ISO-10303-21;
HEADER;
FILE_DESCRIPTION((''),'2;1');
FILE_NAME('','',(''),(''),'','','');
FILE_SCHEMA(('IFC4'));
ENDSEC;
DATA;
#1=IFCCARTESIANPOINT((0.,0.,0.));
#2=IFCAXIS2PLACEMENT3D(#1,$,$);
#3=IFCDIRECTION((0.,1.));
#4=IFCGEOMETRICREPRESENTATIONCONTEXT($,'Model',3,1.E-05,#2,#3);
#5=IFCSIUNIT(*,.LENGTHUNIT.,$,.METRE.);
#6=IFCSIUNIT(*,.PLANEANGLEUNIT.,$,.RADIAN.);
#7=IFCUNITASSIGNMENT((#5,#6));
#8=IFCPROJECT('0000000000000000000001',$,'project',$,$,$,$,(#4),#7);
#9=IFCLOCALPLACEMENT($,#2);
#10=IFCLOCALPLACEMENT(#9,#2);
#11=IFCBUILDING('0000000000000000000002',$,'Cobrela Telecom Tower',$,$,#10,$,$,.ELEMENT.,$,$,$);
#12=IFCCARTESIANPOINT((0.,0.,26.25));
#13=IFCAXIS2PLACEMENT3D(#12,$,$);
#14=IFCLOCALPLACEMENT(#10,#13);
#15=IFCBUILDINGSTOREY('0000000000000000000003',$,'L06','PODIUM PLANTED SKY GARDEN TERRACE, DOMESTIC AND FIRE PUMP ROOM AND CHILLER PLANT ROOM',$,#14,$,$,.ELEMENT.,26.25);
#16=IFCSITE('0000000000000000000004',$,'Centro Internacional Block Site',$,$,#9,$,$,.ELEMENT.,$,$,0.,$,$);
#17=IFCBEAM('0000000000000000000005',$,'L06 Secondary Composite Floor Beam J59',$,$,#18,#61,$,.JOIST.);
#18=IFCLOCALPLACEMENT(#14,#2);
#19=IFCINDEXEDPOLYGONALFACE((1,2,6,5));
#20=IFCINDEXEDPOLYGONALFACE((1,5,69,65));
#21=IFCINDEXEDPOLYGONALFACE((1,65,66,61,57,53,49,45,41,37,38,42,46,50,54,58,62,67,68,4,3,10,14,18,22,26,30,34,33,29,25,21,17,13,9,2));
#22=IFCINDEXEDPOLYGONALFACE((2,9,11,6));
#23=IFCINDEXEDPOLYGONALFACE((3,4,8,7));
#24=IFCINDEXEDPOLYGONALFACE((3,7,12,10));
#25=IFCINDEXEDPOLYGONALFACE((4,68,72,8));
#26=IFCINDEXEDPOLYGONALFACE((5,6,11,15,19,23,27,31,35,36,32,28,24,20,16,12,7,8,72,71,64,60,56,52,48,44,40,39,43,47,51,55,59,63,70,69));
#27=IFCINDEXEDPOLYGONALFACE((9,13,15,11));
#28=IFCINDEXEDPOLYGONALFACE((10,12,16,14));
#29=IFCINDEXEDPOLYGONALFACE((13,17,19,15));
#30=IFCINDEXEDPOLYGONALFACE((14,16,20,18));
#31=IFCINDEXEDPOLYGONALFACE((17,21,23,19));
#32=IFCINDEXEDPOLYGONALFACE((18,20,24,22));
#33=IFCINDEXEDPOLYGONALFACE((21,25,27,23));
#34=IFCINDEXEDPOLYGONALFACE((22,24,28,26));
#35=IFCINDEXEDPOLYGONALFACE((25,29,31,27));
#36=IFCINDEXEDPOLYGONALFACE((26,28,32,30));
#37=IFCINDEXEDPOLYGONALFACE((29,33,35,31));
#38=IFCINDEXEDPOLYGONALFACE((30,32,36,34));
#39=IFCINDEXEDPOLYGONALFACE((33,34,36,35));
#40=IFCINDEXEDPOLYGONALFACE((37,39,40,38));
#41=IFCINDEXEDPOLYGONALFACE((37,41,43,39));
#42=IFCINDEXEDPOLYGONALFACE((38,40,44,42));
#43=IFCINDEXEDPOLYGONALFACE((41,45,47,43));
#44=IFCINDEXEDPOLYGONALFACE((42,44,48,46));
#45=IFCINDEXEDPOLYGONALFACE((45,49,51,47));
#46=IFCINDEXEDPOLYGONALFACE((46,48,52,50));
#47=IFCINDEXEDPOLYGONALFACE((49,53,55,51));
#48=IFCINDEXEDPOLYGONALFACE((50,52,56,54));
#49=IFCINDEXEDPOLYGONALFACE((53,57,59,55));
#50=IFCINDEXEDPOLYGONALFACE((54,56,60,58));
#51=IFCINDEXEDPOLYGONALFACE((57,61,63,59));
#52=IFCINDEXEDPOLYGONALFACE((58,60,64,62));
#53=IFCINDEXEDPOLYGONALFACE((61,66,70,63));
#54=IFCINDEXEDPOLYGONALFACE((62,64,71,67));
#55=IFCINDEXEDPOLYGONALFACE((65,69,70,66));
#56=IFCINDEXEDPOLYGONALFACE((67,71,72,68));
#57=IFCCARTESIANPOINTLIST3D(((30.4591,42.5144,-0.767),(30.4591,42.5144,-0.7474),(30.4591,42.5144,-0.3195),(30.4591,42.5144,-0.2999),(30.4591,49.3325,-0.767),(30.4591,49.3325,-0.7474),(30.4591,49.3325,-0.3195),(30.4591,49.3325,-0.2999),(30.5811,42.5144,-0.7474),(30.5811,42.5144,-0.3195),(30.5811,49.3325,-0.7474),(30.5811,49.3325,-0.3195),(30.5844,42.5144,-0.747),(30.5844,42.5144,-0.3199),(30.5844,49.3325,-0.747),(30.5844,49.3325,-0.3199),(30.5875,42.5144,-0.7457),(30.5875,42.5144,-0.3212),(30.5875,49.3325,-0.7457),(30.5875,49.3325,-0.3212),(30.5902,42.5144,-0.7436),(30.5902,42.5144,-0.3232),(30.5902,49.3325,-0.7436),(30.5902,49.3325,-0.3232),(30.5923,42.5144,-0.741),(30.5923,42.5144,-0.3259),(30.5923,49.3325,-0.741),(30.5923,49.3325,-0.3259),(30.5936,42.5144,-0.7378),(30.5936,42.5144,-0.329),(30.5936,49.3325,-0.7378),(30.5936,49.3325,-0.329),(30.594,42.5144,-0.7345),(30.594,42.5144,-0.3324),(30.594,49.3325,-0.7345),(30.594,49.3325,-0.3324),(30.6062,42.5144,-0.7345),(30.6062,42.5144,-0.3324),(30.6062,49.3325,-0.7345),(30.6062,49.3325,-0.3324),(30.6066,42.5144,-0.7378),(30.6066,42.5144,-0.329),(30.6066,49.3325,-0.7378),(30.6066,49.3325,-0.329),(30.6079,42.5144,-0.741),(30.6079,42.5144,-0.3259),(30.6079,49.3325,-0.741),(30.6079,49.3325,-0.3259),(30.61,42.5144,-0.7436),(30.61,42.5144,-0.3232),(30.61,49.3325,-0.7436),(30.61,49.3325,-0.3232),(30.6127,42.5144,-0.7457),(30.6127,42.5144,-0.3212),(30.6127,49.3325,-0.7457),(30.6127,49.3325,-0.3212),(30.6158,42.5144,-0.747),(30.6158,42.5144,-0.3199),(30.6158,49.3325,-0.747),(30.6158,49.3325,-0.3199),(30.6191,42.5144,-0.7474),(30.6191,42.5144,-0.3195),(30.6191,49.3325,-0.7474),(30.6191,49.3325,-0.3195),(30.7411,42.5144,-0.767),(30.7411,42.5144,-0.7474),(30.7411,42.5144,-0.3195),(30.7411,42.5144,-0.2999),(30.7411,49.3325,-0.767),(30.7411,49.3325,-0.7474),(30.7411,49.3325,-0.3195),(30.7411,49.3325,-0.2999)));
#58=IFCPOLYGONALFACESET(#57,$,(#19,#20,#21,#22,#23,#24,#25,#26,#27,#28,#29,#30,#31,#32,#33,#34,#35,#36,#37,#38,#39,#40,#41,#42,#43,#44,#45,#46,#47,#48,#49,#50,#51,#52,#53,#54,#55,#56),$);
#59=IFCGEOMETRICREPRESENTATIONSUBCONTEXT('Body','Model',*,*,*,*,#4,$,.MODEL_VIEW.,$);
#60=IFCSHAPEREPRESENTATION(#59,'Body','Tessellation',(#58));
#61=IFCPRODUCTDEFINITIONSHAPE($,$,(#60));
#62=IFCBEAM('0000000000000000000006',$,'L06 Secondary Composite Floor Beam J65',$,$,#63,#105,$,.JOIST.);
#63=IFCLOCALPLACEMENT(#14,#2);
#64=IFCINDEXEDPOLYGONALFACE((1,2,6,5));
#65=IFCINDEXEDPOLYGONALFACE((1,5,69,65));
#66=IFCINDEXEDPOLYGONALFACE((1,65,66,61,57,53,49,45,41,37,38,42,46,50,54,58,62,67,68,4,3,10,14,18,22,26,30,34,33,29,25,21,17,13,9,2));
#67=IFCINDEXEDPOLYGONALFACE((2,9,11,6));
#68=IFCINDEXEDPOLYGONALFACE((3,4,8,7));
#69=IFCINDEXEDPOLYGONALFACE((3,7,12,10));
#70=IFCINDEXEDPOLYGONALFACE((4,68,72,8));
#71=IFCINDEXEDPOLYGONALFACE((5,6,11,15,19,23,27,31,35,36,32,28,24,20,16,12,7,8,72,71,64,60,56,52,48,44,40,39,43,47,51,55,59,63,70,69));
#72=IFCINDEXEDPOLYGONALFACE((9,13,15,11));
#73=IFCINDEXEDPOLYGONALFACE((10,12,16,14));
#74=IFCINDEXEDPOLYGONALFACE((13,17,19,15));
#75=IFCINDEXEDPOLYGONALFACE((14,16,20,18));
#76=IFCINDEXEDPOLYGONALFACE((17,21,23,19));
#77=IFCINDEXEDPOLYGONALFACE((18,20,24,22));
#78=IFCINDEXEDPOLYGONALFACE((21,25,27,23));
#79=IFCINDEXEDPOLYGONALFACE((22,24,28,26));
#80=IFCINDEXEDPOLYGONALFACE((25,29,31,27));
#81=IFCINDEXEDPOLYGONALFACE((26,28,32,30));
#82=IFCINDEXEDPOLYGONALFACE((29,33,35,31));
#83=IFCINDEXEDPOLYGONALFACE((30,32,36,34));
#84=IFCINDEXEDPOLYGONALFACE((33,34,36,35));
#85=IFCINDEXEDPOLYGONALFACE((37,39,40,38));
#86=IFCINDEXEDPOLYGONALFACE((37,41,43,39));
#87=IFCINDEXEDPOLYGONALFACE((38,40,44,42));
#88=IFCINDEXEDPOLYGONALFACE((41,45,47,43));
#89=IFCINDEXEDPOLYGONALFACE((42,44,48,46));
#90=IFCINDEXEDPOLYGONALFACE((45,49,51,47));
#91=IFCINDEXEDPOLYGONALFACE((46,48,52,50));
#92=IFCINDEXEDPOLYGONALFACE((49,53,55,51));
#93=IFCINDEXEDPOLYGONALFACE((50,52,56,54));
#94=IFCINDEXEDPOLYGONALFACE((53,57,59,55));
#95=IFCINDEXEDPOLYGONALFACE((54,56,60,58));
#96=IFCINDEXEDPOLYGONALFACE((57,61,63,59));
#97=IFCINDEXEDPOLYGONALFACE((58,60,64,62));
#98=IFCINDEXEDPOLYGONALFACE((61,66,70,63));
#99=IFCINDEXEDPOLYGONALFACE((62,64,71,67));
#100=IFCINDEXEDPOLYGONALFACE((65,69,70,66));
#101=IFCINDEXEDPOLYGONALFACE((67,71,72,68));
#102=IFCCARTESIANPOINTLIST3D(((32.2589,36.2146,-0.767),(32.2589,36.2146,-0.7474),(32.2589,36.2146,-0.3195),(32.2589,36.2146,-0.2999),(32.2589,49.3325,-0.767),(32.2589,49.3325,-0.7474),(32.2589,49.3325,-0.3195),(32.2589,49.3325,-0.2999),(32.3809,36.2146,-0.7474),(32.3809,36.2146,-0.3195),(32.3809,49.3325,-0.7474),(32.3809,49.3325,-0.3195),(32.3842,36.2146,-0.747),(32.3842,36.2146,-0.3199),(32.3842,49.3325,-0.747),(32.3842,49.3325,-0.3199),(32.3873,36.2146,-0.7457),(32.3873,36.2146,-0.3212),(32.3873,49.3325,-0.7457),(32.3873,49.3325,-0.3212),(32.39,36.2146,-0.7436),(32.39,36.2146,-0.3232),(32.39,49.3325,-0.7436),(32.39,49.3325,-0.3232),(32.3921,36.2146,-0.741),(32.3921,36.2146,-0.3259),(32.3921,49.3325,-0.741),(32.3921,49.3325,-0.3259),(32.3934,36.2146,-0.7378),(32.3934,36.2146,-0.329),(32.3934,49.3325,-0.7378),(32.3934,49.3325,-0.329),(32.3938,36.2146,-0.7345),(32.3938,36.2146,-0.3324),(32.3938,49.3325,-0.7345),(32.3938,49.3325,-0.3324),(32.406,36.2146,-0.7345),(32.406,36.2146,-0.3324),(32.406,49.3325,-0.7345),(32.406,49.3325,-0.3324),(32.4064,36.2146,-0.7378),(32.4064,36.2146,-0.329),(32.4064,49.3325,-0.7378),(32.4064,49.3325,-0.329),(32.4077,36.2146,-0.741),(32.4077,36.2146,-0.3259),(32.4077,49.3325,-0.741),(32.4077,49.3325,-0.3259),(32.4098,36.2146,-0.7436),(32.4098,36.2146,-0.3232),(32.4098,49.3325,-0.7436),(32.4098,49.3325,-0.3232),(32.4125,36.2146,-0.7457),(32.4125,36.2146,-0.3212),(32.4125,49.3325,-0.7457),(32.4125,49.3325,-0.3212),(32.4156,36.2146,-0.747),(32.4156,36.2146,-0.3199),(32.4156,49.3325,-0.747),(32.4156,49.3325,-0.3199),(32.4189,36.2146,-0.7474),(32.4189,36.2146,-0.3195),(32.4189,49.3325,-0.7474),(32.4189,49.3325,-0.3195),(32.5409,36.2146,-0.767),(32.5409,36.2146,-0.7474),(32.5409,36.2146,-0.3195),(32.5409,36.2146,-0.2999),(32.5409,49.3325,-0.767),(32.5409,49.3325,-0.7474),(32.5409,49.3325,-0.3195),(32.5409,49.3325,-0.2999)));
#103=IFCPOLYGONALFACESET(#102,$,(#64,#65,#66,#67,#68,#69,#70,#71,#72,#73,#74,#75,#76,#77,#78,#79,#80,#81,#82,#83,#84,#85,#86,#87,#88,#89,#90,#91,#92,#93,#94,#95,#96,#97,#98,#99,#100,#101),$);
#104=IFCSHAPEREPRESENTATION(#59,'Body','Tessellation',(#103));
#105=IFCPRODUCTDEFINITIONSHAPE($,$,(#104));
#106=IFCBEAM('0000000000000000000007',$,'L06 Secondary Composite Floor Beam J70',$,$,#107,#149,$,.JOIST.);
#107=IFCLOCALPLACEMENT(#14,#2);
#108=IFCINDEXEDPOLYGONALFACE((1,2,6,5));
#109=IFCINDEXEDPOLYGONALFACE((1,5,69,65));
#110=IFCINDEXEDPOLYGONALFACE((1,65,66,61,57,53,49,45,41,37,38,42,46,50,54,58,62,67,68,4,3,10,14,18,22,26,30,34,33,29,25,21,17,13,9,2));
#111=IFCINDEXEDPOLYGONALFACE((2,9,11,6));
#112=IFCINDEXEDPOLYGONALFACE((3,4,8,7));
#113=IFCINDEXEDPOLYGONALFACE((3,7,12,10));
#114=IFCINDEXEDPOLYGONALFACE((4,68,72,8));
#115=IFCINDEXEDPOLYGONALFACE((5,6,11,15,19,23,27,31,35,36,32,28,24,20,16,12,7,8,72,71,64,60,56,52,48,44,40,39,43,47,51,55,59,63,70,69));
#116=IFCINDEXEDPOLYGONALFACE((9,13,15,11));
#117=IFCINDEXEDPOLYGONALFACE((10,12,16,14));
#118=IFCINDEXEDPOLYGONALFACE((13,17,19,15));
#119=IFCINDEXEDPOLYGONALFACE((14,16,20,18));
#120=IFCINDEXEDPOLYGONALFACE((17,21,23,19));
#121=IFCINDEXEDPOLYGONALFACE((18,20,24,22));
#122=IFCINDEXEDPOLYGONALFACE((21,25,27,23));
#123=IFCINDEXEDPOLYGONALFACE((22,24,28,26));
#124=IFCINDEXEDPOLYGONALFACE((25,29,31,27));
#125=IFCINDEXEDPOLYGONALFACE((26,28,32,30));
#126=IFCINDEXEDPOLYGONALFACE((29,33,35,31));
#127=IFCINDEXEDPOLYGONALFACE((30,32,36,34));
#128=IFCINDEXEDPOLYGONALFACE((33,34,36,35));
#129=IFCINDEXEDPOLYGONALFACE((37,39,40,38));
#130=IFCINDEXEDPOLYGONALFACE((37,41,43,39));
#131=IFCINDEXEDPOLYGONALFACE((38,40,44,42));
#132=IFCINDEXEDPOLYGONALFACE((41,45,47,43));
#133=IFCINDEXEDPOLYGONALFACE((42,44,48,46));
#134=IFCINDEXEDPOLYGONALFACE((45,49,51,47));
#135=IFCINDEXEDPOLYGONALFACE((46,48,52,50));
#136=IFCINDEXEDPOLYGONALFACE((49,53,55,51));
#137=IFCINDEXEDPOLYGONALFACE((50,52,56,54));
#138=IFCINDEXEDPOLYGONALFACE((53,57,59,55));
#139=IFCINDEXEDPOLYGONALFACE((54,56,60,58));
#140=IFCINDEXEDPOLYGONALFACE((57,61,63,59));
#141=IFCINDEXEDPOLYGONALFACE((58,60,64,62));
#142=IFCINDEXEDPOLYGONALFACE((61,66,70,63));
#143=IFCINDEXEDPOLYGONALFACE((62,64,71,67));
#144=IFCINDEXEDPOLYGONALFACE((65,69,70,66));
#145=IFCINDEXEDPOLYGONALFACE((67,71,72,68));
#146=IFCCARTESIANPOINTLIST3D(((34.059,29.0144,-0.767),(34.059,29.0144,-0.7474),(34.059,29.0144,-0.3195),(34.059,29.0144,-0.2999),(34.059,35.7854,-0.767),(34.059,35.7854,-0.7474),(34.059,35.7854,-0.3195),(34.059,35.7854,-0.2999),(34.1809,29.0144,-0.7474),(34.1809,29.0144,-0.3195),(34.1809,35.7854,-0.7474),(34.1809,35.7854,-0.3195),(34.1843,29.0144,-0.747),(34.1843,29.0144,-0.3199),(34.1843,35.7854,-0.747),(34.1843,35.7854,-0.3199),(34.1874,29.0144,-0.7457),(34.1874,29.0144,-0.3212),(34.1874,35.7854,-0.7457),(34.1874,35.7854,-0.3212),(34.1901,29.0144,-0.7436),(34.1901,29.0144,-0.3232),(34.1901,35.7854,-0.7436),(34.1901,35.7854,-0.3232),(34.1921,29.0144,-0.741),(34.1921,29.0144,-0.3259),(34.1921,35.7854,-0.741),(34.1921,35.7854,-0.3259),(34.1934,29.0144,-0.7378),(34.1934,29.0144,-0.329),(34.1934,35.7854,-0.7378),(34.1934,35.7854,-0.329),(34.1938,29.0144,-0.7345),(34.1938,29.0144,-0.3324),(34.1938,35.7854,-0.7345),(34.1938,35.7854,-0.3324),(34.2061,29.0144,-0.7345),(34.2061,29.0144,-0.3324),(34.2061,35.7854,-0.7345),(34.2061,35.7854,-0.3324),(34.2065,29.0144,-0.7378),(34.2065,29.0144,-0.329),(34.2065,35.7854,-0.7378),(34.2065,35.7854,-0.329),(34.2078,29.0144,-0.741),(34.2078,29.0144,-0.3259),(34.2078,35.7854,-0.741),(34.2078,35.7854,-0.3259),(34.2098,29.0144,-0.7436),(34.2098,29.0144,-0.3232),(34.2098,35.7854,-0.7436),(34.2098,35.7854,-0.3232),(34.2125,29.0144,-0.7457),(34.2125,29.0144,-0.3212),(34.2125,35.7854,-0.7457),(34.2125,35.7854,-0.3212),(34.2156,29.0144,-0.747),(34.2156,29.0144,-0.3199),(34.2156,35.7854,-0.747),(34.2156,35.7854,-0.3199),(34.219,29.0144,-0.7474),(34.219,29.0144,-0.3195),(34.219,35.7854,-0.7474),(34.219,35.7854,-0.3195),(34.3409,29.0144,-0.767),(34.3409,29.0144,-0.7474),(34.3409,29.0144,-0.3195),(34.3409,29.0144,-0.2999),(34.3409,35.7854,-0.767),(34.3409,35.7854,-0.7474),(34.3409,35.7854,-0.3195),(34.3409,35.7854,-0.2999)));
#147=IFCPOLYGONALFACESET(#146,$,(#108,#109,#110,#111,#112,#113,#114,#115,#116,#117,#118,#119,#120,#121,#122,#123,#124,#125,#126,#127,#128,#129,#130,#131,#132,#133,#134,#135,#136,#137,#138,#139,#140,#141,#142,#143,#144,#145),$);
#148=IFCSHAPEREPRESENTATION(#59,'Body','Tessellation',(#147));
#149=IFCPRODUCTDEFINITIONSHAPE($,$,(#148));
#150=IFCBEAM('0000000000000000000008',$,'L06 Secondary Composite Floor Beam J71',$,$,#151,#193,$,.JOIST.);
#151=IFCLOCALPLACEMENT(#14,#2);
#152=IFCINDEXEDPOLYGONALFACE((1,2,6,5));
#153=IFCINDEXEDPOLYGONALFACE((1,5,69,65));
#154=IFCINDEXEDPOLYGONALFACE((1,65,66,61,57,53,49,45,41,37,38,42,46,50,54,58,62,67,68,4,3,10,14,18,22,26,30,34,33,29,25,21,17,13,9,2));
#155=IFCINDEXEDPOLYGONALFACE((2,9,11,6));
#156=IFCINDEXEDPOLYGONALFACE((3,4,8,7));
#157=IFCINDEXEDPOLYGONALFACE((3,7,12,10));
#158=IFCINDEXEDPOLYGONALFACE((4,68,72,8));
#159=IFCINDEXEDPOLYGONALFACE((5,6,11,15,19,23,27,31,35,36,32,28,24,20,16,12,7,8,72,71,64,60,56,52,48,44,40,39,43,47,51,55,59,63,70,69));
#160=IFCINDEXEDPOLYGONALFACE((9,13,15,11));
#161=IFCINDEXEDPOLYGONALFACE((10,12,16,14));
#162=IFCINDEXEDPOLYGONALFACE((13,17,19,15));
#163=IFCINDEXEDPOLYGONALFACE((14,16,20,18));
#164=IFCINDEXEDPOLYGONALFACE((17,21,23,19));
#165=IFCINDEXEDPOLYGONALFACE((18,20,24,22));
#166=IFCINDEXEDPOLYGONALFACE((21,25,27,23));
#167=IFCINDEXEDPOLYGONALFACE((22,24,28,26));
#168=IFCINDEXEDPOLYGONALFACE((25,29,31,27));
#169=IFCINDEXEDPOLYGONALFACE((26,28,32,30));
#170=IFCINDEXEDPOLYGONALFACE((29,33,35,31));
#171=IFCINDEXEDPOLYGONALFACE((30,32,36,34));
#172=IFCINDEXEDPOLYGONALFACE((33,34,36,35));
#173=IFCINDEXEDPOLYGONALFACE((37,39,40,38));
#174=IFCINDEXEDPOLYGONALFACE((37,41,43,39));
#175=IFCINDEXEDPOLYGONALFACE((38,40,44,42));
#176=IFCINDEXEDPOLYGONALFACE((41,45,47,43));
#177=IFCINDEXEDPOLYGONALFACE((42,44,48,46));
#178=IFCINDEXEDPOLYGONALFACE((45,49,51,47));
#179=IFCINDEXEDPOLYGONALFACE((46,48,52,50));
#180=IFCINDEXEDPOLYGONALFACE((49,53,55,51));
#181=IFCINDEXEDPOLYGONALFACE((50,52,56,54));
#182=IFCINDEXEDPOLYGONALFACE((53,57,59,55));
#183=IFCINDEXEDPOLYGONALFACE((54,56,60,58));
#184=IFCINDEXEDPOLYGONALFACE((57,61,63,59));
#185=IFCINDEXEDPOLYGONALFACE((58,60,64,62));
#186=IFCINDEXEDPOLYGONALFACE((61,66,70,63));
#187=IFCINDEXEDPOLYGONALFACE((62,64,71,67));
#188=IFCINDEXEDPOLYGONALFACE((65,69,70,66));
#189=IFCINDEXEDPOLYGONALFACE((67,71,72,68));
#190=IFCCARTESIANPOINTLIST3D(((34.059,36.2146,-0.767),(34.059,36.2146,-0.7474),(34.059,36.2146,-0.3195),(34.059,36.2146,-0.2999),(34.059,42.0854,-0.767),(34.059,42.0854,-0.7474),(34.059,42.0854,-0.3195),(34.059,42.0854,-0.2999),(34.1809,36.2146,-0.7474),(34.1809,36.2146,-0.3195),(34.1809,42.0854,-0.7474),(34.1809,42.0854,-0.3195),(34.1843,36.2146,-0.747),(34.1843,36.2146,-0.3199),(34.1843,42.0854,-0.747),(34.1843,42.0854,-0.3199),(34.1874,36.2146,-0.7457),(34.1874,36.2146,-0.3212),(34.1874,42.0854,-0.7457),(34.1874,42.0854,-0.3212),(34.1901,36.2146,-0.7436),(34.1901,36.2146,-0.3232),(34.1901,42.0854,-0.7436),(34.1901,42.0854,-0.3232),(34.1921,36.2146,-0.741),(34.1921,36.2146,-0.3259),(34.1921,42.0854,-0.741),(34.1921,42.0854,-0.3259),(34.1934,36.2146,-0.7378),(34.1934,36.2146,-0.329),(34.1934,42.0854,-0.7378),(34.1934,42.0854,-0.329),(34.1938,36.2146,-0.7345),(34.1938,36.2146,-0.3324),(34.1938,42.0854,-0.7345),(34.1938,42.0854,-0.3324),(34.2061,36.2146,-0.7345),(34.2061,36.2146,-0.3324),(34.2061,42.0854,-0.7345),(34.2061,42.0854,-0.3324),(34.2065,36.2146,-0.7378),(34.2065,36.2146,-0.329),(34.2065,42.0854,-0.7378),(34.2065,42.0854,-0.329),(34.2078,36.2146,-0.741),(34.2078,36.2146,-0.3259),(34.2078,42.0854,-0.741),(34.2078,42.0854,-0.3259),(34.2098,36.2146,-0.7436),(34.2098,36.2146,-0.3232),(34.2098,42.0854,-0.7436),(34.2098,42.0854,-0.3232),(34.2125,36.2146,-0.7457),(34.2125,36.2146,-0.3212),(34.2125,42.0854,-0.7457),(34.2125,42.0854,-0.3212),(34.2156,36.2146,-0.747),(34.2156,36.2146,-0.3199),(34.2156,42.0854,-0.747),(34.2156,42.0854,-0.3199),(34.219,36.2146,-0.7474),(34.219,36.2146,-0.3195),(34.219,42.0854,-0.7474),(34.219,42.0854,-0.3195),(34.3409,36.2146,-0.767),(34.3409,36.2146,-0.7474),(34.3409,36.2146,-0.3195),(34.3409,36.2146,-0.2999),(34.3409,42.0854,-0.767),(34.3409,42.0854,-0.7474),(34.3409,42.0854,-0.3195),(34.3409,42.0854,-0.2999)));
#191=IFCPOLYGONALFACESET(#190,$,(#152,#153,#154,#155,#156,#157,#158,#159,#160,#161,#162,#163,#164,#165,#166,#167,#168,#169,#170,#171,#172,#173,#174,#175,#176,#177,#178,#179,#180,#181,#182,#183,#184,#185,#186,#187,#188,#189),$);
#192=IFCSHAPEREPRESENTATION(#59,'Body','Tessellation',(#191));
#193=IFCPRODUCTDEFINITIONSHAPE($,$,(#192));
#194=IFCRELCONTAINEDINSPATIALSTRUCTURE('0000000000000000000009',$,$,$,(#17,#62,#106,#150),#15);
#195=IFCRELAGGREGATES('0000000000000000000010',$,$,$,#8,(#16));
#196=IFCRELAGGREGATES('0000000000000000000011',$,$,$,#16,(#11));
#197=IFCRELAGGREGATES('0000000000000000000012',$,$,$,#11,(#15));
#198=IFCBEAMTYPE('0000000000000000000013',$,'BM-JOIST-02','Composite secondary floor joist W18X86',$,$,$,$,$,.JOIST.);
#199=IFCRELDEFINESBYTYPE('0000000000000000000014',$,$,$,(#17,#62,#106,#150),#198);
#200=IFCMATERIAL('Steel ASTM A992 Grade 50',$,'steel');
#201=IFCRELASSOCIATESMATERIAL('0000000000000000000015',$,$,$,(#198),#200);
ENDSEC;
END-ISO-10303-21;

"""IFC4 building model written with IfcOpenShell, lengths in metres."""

from ifc_helpers import new_model, si_unit, direction, frame, origin, origin_2d, place, context, subcontext, project, spatial, i_section, extrude, material, material_profile, profile_set, type_object, element, save


model = new_model("IFC4")

# Units and contexts
model_context = context("Model", 3, precision=1e-05, world=origin(), true_north=direction((0.0, 1.0)))
body_context = subcontext(model_context, "Body", "Model", "MODEL_VIEW")
ifc_project = project(units=[si_unit("LENGTHUNIT", "METRE"), si_unit("PLANEANGLEUNIT", "RADIAN")], contexts=[model_context])

# Site, building, storey
site_placement = place(None, origin())
site = spatial("IfcSite", under=ifc_project, at=site_placement, Name="Centro Internacional Block Site", CompositionType="ELEMENT", RefElevation=0.0)
building_placement = place(site_placement, origin())
building = spatial("IfcBuilding", under=site, at=building_placement, Name="Cobrela Telecom Tower", CompositionType="ELEMENT")
storey_placement = place(building_placement, frame((0.0, 0.0, 26.25)))
storey = spatial("IfcBuildingStorey", under=building, at=storey_placement, Name="L06", Description="PODIUM PLANTED SKY GARDEN TERRACE, DOMESTIC AND FIRE PUMP ROOM AND CHILLER PLANT ROOM", CompositionType="ELEMENT", Elevation=26.25)

# Beams
ifc_material_1 = material(Name="Steel ASTM A992 Grade 50", Category="steel")
ifc_material_profile_1 = material_profile(ifc_material_1, i_section(OverallWidth=0.282, OverallDepth=0.467, WebThickness=0.0122, FlangeThickness=0.0195, FilletRadius=0.0129, at=origin_2d()), Name="W18X86")
ifc_profile_set_1 = profile_set([ifc_material_profile_1], Name="Steel ASTM A992 Grade 50")
beam_type_1 = type_object("IfcBeamType", Name="BM-JOIST-02", Description="Composite secondary floor joist W18X86", PredefinedType="JOIST", material=ifc_profile_set_1)
beam_1_placement = place(storey_placement, frame((30.6001, 42.5144, -0.5334), z_axis=(0.0, 1.0, 0.0), x_axis=(-1.0, 0.0, 0.0)))
element("IfcBeam", 1, at=beam_1_placement, inside=storey, type_object=beam_type_1, Name="L06 Secondary Composite Floor Beam J59", PredefinedType="JOIST", context=body_context, shape_type="SweptSolid", body=[
    extrude(i_section(OverallWidth=0.282, OverallDepth=0.467, WebThickness=0.0122, FlangeThickness=0.0195, FilletRadius=0.0129, at=origin_2d()), origin(), (0.0, 0.0, 1.0), 6.8181),
])
beam_2_placement = place(storey_placement, frame((32.3999, 36.2146, -0.5334), z_axis=(0.0, 1.0, 0.0), x_axis=(-1.0, 0.0, 0.0)))
element("IfcBeam", 2, at=beam_2_placement, inside=storey, type_object=beam_type_1, Name="L06 Secondary Composite Floor Beam J65", PredefinedType="JOIST", context=body_context, shape_type="SweptSolid", body=[
    extrude(i_section(OverallWidth=0.282, OverallDepth=0.467, WebThickness=0.0122, FlangeThickness=0.0195, FilletRadius=0.0129, at=origin_2d()), origin(), (0.0, 0.0, 1.0), 13.1179),
])
beam_3_placement = place(storey_placement, frame((34.2, 29.0144, -0.5334), z_axis=(0.0, 1.0, 0.0), x_axis=(-1.0, 0.0, 0.0)))
element("IfcBeam", 3, at=beam_3_placement, inside=storey, type_object=beam_type_1, Name="L06 Secondary Composite Floor Beam J70", PredefinedType="JOIST", context=body_context, shape_type="SweptSolid", body=[
    extrude(i_section(OverallWidth=0.282, OverallDepth=0.467, WebThickness=0.0122, FlangeThickness=0.0195, FilletRadius=0.0129, at=origin_2d()), origin(), (0.0, 0.0, 1.0), 6.771),
])
beam_4_placement = place(storey_placement, frame((34.2, 36.2146, -0.5334), z_axis=(0.0, 1.0, 0.0), x_axis=(-1.0, 0.0, 0.0)))
element("IfcBeam", 4, at=beam_4_placement, inside=storey, type_object=beam_type_1, Name="L06 Secondary Composite Floor Beam J71", PredefinedType="JOIST", context=body_context, shape_type="SweptSolid", body=[
    extrude(i_section(OverallWidth=0.282, OverallDepth=0.467, WebThickness=0.0122, FlangeThickness=0.0195, FilletRadius=0.0129, at=origin_2d()), origin(), (0.0, 0.0, 1.0), 5.8708),
])

save(model, "model.ifc")
